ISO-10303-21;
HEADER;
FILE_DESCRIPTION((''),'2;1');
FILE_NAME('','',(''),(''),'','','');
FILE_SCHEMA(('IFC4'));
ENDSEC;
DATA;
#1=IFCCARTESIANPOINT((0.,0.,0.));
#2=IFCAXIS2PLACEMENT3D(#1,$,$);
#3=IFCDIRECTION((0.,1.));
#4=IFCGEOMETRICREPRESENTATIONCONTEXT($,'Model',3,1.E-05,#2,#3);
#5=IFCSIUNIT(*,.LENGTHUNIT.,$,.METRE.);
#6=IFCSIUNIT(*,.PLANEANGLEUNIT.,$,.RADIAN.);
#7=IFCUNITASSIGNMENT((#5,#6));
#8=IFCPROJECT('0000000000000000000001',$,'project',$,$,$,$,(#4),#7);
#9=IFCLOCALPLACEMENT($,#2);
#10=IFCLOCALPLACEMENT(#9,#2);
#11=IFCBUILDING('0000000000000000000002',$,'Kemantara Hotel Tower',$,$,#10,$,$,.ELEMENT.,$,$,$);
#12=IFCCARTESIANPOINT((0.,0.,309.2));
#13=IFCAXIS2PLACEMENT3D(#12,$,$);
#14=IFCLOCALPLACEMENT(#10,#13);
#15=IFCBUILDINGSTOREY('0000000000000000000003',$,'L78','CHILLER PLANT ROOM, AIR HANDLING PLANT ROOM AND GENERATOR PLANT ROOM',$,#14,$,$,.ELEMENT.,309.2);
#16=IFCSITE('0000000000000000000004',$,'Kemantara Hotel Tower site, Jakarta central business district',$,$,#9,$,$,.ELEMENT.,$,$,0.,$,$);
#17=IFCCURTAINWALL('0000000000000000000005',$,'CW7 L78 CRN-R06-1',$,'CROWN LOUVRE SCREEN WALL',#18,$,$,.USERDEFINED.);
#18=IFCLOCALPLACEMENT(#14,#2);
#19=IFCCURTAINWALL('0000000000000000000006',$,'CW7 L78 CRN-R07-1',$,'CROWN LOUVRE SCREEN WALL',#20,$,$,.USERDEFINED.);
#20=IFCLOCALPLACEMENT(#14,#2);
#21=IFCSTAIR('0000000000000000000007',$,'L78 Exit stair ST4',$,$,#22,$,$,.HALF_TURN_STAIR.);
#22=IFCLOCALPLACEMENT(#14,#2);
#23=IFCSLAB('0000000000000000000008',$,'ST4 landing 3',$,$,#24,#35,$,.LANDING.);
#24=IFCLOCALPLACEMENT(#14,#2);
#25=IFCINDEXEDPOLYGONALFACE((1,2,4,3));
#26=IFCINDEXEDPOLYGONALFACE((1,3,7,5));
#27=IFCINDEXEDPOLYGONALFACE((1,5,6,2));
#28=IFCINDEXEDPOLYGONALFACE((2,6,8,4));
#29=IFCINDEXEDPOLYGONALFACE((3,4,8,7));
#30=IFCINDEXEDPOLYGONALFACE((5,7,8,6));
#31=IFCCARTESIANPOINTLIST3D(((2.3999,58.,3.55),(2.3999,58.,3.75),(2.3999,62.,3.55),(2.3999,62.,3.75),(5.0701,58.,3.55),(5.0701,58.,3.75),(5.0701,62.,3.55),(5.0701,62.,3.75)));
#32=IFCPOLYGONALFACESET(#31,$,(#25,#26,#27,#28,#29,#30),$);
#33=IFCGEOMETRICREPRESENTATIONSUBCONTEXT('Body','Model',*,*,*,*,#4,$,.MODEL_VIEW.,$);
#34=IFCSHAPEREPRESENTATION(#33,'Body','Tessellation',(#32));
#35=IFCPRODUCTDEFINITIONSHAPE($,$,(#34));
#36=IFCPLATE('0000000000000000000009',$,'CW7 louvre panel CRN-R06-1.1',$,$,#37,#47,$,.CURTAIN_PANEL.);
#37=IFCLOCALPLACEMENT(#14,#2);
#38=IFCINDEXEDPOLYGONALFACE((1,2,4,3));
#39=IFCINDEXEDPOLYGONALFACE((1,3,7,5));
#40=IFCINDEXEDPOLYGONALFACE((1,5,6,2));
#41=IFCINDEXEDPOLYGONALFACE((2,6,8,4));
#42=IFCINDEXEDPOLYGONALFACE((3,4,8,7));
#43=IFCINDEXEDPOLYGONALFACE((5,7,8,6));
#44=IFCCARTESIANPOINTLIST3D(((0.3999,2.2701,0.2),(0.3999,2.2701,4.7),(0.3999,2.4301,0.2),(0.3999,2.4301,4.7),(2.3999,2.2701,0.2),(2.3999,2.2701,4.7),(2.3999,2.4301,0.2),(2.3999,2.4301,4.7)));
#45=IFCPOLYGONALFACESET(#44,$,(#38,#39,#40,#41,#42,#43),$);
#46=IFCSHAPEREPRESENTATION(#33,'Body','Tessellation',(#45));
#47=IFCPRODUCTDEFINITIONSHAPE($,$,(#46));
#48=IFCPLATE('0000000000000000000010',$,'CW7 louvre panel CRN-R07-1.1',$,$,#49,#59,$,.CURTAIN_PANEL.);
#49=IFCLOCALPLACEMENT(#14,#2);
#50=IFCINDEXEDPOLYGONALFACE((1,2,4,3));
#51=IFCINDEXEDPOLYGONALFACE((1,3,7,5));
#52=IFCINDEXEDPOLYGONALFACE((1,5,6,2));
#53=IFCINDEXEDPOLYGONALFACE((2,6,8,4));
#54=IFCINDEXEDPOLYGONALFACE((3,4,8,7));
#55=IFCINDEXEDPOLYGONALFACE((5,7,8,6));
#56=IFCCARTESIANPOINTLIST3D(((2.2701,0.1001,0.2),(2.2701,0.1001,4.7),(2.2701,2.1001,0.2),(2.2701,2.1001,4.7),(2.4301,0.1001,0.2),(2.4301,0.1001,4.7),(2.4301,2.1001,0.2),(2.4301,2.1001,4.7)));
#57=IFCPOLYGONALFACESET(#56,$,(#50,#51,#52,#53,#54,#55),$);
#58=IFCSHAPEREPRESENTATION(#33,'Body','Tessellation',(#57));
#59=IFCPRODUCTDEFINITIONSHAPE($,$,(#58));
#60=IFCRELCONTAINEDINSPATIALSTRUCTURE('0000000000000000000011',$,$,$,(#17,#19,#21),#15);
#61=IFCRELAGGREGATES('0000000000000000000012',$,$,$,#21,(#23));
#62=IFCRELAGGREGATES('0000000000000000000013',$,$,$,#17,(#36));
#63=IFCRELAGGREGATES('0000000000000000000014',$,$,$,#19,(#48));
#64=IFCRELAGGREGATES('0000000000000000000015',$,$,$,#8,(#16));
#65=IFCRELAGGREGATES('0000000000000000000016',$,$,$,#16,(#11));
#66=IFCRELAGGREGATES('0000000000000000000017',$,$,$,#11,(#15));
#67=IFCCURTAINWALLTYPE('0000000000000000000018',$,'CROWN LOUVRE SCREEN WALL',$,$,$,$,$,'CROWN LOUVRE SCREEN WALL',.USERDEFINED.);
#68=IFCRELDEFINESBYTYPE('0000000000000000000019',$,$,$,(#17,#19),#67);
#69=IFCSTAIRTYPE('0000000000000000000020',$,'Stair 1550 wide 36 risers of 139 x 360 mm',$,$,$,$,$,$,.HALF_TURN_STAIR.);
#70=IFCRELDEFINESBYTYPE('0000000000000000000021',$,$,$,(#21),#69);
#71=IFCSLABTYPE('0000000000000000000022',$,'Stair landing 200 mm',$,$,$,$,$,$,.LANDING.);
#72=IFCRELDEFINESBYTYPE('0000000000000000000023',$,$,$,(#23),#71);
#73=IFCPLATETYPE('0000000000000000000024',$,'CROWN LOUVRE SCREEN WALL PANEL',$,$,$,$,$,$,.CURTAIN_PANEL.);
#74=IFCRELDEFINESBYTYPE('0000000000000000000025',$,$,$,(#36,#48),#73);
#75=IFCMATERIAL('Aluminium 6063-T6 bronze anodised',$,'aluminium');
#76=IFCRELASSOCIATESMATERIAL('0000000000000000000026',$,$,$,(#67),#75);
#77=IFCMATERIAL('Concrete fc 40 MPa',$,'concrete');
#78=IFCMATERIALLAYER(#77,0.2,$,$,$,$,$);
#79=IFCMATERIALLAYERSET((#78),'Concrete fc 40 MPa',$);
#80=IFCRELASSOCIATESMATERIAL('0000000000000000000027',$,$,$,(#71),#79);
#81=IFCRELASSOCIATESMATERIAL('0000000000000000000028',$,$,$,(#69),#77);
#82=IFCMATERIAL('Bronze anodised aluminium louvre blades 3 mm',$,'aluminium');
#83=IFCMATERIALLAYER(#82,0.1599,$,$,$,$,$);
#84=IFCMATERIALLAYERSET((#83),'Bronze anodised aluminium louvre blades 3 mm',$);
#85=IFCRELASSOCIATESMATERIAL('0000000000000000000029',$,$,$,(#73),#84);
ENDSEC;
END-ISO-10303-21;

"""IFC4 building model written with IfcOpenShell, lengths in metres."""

from ifc_helpers import new_model, si_unit, direction, frame, origin, origin_2d, place, context, subcontext, project, spatial, polyline, rectangle, outline, extrude, source, transform, mapped, material, layer, layer_set, type_object, element, aggregate, save


model = new_model("IFC4")

# Units and contexts
model_context = context("Model", 3, precision=1e-05, world=origin(), true_north=direction((0.0, 1.0)))
body_context = subcontext(model_context, "Body", "Model", "MODEL_VIEW")
ifc_project = project(units=[si_unit("LENGTHUNIT", "METRE"), si_unit("PLANEANGLEUNIT", "RADIAN")], contexts=[model_context])

# Site, building, storey
site_placement = place(None, origin())
site = spatial("IfcSite", under=ifc_project, at=site_placement, Name="Kemantara Hotel Tower site, Jakarta central business district", CompositionType="ELEMENT", RefElevation=0.0)
building_placement = place(site_placement, origin())
building = spatial("IfcBuilding", under=site, at=building_placement, Name="Kemantara Hotel Tower", CompositionType="ELEMENT")
storey_placement = place(building_placement, frame((0.0, 0.0, 309.2)))
storey = spatial("IfcBuildingStorey", under=building, at=storey_placement, Name="L78", Description="CHILLER PLANT ROOM, AIR HANDLING PLANT ROOM AND GENERATOR PLANT ROOM", CompositionType="ELEMENT", Elevation=309.2)

# Curtain walls
ifc_material_1 = material(Name="Aluminium 6063-T6 bronze anodised", Category="aluminium")
curtain_wall_type = type_object("IfcCurtainWallType", Name="CROWN LOUVRE SCREEN WALL", ElementType="CROWN LOUVRE SCREEN WALL", PredefinedType="USERDEFINED", material=ifc_material_1)
curtain_wall_1_placement = place(storey_placement, origin())
curtain_wall_1 = element("IfcCurtainWall", 1, at=curtain_wall_1_placement, inside=storey, type_object=curtain_wall_type, Name="CW7 L78 CRN-R06-1", ObjectType="CROWN LOUVRE SCREEN WALL", PredefinedType="USERDEFINED")
curtain_wall_2_placement = place(storey_placement, origin())
curtain_wall_2 = element("IfcCurtainWall", 2, at=curtain_wall_2_placement, inside=storey, type_object=curtain_wall_type, Name="CW7 L78 CRN-R07-1", ObjectType="CROWN LOUVRE SCREEN WALL", PredefinedType="USERDEFINED")

# Shared definitions
ifc_material_2 = material(Name="Concrete fc 40 MPa", Category="concrete")

# Stair, slab
ifc_layer_1 = layer(ifc_material_2, 0.2)
ifc_layer_set_1 = layer_set([ifc_layer_1], Name="Concrete fc 40 MPa")
slab_type_1 = type_object("IfcSlabType", Name="Stair landing 200 mm", PredefinedType="LANDING", material=ifc_layer_set_1)
stair_type_1 = type_object("IfcStairType", Name="Stair 1550 wide 36 risers of 139 x 360 mm", PredefinedType="HALF_TURN_STAIR", material=ifc_material_2)
stair_1_placement = place(storey_placement, origin())
stair_1 = element("IfcStair", 3, at=stair_1_placement, inside=storey, type_object=stair_type_1, Name="L78 Exit stair ST4", PredefinedType="HALF_TURN_STAIR")
slab_1_placement = place(storey_placement, frame((0.0, 0.0, 3.55)))
slab_1 = element("IfcSlab", 4, at=slab_1_placement, type_object=slab_type_1, Name="ST4 landing 3", PredefinedType="LANDING", context=body_context, shape_type="SweptSolid", body=[
    extrude(outline(polyline([(5.0701, 62.0), (2.3999, 62.0), (2.3999, 58.0), (5.0701, 58.0), (5.0701, 62.0)])), origin(), (0.0, 0.0, 1.0), 0.2),
])
aggregate(stair_1, [slab_1])

# Plates
ifc_material_3 = material(Name="Bronze anodised aluminium louvre blades 3 mm", Category="aluminium")
ifc_layer_2 = layer(ifc_material_3, 0.1599)
ifc_layer_set_2 = layer_set([ifc_layer_2], Name="Bronze anodised aluminium louvre blades 3 mm")
plate_type = type_object("IfcPlateType", Name="CROWN LOUVRE SCREEN WALL PANEL", PredefinedType="CURTAIN_PANEL", material=ifc_layer_set_2)
shared_shape_1 = source(origin(), body_context, "Body", "SweptSolid", [
    extrude(rectangle(XDim=2.0, YDim=0.1599, at=origin_2d()), origin(), (0.0, 0.0, 1.0), 4.5),
])
plate_1_placement = place(storey_placement, frame((1.3999, 2.3501, 0.2), z_axis=(0.0, 0.0, 1.0), x_axis=(1.0, 0.0, 0.0)))
plate_1 = element("IfcPlate", 5, at=plate_1_placement, type_object=plate_type, Name="CW7 louvre panel CRN-R06-1.1", PredefinedType="CURTAIN_PANEL", context=body_context, shape_type="MappedRepresentation", body=[
    mapped(shared_shape_1, transform((0.0, 0.0, 0.0))),
])
aggregate(curtain_wall_1, [plate_1])
plate_2_placement = place(storey_placement, frame((2.3501, 1.1001, 0.2), z_axis=(0.0, 0.0, 1.0), x_axis=(0.0, -1.0, 0.0)))
plate_2 = element("IfcPlate", 6, at=plate_2_placement, type_object=plate_type, Name="CW7 louvre panel CRN-R07-1.1", PredefinedType="CURTAIN_PANEL", context=body_context, shape_type="MappedRepresentation", body=[
    mapped(shared_shape_1, transform((0.0, 0.0, 0.0))),
])
aggregate(curtain_wall_2, [plate_2])

save(model, "model.ifc")
